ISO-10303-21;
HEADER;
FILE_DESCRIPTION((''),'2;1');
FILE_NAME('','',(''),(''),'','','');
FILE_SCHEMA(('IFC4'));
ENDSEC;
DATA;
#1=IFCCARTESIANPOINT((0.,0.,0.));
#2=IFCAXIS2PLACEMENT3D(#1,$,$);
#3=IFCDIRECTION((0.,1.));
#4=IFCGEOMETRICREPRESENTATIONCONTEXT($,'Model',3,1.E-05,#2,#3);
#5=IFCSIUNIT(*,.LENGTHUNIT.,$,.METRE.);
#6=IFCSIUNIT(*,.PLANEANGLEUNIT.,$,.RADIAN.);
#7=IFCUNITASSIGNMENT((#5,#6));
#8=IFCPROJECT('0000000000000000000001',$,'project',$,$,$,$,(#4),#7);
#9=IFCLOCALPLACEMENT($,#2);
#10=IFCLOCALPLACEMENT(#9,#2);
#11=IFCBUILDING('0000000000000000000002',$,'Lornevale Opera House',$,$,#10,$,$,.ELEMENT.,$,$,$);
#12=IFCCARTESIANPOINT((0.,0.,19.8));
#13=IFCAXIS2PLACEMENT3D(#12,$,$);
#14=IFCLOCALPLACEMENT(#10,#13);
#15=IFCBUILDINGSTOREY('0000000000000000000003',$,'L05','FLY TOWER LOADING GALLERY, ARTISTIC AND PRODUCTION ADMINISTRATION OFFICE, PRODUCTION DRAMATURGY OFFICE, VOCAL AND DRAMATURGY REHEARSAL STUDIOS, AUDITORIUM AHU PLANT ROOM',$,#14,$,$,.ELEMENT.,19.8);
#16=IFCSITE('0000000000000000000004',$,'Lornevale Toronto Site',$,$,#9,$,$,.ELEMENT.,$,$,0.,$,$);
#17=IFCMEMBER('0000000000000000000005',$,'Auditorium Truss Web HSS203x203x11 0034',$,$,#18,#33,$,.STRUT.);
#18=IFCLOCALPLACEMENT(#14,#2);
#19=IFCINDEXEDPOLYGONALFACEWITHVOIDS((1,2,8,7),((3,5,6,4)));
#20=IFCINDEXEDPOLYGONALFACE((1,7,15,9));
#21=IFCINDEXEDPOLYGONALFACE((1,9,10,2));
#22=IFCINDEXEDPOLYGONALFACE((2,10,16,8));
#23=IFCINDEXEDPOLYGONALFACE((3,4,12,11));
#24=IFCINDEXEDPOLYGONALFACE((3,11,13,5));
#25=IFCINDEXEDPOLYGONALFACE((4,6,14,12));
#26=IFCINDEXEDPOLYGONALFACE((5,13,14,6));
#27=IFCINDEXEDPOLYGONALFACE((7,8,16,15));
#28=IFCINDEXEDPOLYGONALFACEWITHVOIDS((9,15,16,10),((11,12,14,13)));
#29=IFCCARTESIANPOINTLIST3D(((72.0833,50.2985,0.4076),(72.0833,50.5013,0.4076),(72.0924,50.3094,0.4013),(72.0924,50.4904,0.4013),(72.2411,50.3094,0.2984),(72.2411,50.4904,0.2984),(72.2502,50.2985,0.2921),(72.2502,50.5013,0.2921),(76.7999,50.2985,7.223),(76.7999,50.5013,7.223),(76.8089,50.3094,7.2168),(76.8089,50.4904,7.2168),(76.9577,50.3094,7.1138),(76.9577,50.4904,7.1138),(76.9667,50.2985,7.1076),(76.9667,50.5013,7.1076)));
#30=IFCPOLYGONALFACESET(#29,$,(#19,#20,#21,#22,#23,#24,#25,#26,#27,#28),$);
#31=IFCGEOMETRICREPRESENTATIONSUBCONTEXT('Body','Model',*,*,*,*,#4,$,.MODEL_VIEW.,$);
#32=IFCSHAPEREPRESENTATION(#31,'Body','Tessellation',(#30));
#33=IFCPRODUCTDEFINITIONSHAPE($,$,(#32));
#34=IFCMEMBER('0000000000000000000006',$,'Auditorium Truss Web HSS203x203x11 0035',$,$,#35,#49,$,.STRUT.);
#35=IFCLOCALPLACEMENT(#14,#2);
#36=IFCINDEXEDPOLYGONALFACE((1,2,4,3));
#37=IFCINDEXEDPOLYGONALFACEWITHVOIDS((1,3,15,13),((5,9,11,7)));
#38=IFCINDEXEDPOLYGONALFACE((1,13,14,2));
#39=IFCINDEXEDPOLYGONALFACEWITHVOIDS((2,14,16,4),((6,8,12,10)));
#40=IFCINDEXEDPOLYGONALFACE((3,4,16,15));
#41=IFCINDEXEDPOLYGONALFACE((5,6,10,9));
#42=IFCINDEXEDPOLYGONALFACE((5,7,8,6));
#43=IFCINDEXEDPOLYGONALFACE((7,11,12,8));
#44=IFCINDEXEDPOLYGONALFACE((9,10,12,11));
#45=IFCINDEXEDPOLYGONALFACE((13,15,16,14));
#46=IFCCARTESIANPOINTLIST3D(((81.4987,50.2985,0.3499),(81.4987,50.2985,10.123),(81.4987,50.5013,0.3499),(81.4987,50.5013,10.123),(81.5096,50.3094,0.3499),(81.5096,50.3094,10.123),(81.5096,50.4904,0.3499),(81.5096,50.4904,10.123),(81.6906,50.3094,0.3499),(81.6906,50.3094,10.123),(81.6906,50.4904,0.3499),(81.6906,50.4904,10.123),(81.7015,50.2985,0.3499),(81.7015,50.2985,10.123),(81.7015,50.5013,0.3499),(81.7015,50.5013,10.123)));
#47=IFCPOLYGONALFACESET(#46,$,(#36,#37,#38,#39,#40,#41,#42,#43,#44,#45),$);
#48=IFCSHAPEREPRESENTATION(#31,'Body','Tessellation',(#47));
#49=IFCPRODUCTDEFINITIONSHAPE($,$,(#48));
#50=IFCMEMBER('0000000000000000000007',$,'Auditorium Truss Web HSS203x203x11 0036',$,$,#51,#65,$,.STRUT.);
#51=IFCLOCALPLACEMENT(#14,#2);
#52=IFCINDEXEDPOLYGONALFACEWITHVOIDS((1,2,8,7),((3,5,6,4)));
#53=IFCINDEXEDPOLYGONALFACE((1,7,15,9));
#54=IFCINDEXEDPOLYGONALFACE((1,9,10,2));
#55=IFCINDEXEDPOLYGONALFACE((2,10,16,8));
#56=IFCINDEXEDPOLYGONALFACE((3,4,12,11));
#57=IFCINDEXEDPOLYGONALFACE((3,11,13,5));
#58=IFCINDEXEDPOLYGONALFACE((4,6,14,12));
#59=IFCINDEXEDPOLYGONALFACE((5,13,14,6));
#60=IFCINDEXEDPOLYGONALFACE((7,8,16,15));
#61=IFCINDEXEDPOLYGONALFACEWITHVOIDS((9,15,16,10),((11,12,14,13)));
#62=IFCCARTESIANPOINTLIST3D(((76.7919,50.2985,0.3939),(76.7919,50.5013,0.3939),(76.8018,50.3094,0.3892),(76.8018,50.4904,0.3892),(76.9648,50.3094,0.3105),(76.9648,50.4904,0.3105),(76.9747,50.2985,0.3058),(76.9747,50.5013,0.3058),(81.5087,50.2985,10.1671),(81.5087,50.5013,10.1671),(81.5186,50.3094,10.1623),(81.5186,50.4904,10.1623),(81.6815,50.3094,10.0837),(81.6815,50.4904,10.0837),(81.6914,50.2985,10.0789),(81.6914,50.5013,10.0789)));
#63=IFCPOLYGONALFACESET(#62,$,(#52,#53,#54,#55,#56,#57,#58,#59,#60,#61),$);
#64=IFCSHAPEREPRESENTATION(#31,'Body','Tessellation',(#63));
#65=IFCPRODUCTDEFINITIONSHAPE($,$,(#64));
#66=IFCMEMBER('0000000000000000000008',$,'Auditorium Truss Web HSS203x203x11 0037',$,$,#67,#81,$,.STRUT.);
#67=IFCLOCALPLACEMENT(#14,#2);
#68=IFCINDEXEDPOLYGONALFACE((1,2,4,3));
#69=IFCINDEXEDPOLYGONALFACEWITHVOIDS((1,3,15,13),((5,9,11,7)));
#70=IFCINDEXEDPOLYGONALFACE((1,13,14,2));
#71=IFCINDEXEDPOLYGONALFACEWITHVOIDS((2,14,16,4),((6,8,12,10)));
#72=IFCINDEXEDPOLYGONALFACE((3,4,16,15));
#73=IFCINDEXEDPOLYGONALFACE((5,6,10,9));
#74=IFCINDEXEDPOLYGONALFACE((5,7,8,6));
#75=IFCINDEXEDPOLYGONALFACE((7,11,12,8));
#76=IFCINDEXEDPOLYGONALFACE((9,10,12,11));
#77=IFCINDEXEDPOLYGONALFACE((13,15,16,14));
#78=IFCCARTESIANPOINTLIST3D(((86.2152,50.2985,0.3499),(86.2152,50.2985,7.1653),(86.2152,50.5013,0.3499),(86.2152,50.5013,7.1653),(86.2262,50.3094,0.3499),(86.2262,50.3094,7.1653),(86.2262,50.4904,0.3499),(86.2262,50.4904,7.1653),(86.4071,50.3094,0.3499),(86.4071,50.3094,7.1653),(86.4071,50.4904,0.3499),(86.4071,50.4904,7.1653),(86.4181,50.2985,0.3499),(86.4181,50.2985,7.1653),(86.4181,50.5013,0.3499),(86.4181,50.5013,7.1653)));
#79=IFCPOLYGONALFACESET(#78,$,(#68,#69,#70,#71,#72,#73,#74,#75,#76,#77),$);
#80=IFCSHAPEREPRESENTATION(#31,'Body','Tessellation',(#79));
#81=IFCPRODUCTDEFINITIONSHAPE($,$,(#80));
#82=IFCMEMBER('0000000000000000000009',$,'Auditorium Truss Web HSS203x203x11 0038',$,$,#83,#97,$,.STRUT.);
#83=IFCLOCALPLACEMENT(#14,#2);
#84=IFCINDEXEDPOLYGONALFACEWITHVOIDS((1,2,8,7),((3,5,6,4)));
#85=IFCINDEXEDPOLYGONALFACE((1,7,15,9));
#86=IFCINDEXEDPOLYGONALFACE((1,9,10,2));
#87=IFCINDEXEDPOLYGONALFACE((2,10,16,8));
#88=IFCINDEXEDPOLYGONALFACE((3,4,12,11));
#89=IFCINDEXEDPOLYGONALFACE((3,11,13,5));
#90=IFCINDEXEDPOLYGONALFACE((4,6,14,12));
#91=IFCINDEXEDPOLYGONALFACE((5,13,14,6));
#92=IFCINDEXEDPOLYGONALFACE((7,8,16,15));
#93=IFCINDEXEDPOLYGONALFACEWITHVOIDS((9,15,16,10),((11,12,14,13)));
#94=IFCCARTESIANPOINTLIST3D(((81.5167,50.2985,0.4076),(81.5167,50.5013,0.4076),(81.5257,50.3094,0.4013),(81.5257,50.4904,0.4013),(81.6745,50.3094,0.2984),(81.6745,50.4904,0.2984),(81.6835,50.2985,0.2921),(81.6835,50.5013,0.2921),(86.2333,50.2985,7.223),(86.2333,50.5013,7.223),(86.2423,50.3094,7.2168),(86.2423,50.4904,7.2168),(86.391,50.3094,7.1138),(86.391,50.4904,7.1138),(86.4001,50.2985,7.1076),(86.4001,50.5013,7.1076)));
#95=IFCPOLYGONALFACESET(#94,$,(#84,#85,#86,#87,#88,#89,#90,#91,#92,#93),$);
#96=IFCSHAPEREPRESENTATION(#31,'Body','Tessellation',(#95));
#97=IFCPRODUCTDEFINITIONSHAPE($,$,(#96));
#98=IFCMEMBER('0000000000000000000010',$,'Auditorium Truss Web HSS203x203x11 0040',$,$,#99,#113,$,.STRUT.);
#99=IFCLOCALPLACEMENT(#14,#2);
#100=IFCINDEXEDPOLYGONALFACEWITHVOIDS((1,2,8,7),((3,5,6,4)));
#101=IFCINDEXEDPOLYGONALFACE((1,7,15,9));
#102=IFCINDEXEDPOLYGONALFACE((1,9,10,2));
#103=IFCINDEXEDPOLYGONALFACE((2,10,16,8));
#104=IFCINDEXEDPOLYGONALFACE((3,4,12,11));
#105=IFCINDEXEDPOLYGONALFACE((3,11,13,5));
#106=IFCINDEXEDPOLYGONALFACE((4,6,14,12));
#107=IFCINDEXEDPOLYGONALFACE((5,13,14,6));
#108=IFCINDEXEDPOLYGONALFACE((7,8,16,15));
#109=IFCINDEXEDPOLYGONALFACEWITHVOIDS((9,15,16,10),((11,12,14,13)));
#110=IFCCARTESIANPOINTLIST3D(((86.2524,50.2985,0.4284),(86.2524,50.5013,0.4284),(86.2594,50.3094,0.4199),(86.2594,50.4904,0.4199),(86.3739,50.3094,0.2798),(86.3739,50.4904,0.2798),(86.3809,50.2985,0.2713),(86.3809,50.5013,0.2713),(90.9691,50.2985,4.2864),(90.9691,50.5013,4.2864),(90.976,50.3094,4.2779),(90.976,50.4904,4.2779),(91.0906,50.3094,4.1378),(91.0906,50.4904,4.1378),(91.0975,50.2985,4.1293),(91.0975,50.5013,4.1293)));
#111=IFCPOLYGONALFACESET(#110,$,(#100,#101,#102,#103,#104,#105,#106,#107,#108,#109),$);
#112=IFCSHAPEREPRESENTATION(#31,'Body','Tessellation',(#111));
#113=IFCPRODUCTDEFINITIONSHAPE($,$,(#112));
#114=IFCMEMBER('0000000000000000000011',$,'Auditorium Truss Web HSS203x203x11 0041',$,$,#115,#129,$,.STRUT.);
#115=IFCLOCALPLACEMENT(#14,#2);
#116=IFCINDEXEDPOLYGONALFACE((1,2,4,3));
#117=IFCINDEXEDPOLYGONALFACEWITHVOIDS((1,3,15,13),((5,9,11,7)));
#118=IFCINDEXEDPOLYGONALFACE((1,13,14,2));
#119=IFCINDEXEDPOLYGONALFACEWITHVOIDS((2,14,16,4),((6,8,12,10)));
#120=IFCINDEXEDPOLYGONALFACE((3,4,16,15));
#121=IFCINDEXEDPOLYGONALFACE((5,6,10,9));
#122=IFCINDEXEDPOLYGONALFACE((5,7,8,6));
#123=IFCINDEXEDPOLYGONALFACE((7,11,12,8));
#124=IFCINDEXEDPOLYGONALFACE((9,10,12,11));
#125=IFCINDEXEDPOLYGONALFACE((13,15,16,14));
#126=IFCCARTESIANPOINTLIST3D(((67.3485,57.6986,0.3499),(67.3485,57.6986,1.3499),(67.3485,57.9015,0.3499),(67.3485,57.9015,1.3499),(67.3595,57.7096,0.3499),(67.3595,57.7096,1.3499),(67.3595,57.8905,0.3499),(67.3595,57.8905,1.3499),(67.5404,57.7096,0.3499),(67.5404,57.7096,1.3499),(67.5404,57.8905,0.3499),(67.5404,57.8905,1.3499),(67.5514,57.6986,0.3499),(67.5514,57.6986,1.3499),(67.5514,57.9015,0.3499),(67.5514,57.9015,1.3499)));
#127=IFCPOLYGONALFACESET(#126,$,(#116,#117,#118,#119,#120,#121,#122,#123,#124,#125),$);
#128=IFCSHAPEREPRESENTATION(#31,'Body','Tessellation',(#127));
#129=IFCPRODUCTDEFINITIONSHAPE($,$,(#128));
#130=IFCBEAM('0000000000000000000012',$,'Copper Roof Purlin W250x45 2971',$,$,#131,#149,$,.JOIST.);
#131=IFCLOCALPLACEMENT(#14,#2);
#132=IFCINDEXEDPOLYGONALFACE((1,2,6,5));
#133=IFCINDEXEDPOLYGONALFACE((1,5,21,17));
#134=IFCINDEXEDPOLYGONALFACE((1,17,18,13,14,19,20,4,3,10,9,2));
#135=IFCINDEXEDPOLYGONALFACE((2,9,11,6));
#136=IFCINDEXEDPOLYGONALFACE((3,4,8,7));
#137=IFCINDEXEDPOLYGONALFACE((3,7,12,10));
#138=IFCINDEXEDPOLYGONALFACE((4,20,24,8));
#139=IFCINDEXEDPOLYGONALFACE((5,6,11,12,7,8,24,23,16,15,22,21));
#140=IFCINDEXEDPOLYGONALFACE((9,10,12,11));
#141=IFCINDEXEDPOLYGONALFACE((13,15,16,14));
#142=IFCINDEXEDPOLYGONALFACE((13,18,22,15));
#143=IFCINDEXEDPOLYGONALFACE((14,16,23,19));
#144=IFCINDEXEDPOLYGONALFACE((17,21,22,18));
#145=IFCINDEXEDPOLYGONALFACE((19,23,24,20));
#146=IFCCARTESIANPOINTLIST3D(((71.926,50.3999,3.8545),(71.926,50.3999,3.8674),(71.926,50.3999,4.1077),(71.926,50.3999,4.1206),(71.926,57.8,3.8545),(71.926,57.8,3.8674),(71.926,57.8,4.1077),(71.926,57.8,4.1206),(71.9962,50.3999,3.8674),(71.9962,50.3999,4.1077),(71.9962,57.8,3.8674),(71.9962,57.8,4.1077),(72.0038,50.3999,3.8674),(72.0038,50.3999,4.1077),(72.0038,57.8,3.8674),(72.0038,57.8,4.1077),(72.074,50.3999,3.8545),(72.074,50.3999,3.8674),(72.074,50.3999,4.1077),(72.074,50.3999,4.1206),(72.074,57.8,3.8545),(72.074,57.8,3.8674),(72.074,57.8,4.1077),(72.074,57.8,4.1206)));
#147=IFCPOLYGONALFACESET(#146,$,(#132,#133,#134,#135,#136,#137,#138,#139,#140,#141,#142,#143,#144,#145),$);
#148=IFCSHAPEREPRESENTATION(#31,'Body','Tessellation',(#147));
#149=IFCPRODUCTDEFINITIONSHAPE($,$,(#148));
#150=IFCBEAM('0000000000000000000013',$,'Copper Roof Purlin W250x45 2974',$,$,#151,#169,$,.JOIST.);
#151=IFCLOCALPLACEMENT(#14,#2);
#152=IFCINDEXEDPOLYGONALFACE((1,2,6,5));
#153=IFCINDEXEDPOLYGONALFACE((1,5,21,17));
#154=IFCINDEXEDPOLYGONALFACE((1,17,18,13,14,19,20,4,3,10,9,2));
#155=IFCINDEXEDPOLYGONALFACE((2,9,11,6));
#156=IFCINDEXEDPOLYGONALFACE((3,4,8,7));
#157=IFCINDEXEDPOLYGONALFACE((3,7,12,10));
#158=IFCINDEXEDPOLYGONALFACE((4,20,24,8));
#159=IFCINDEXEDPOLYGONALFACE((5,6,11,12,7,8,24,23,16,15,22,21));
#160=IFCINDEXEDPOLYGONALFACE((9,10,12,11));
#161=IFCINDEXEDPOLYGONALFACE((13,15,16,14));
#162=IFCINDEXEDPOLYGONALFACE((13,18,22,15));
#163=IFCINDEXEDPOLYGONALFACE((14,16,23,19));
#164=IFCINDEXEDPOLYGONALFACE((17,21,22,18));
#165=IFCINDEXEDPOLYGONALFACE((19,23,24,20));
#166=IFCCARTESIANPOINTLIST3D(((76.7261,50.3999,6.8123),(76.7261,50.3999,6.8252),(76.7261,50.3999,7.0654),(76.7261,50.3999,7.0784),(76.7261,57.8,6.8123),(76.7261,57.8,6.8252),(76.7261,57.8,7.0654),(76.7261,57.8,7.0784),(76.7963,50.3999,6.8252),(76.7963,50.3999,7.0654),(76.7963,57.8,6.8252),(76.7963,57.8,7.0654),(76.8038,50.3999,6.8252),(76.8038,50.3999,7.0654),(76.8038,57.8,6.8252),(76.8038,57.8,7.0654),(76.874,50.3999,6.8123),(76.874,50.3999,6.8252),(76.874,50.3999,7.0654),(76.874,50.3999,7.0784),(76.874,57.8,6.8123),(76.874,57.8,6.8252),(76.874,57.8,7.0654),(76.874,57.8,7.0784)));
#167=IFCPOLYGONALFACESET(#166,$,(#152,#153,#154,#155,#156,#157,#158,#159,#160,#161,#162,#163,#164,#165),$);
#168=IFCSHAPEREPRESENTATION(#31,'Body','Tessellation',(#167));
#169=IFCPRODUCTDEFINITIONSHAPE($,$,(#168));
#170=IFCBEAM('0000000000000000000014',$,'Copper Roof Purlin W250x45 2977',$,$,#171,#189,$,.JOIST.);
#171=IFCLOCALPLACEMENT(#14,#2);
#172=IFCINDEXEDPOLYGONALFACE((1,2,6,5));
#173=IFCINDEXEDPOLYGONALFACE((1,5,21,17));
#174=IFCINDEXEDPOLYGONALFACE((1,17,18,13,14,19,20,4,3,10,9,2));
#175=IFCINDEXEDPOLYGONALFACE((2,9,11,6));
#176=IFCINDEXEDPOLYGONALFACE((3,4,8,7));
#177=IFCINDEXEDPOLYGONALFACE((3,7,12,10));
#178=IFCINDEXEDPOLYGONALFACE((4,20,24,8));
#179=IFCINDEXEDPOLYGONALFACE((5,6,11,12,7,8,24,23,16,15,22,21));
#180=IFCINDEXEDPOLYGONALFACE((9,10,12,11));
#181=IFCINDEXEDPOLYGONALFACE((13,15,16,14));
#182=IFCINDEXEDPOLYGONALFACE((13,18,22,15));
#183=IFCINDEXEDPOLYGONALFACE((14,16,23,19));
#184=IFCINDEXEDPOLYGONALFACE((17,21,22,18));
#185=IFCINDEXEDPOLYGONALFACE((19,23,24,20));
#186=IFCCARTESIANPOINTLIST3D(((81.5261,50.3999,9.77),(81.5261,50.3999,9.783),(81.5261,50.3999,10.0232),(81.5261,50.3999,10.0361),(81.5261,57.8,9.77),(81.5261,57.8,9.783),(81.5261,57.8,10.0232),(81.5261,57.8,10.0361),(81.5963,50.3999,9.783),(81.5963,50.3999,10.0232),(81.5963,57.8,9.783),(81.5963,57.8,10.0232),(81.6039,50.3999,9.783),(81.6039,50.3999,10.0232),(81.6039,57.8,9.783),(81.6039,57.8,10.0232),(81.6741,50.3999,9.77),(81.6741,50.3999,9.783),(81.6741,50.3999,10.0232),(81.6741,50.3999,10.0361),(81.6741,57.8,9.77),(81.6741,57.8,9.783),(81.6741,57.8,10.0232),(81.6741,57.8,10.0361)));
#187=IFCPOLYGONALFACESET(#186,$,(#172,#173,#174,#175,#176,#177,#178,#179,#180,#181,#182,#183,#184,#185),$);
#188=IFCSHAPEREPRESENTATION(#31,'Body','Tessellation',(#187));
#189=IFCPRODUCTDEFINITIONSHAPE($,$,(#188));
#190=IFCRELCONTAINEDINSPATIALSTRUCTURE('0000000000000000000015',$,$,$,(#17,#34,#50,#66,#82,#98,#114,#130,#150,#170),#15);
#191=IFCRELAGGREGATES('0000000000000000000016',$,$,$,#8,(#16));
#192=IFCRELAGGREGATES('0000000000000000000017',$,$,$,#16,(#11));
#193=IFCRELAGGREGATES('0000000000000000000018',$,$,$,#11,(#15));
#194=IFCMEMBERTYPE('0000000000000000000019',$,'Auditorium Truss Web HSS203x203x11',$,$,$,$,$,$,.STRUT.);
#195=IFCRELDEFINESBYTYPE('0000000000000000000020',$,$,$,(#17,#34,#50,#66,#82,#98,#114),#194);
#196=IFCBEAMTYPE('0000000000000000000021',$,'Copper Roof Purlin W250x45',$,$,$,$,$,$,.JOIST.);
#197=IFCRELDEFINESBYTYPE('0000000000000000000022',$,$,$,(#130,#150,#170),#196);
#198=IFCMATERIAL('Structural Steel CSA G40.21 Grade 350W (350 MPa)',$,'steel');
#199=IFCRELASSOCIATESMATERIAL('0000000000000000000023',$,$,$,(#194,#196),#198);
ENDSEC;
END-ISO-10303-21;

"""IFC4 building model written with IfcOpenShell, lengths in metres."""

from ifc_helpers import new_model, si_unit, direction, frame, origin, origin_2d, place, context, subcontext, project, spatial, hollow_rectangle, i_section, extrude, material, material_profile, profile_set, type_object, element, save


model = new_model("IFC4")

# Units and contexts
model_context = context("Model", 3, precision=1e-05, world=origin(), true_north=direction((0.0, 1.0)))
body_context = subcontext(model_context, "Body", "Model", "MODEL_VIEW")
ifc_project = project(units=[si_unit("LENGTHUNIT", "METRE"), si_unit("PLANEANGLEUNIT", "RADIAN")], contexts=[model_context])

# Site, building, storey
site_placement = place(None, origin())
site = spatial("IfcSite", under=ifc_project, at=site_placement, Name="Lornevale Toronto Site", CompositionType="ELEMENT", RefElevation=0.0)
building_placement = place(site_placement, origin())
building = spatial("IfcBuilding", under=site, at=building_placement, Name="Lornevale Opera House", CompositionType="ELEMENT")
storey_placement = place(building_placement, frame((0.0, 0.0, 19.8)))
storey = spatial("IfcBuildingStorey", under=building, at=storey_placement, Name="L05", Description="FLY TOWER LOADING GALLERY, ARTISTIC AND PRODUCTION ADMINISTRATION OFFICE, PRODUCTION DRAMATURGY OFFICE, VOCAL AND DRAMATURGY REHEARSAL STUDIOS, AUDITORIUM AHU PLANT ROOM", CompositionType="ELEMENT", Elevation=19.8)

# Shared definitions
ifc_material_1 = material(Name="Structural Steel CSA G40.21 Grade 350W (350 MPa)", Category="steel")

# Members
ifc_material_profile_1 = material_profile(ifc_material_1, hollow_rectangle(XDim=0.2029, YDim=0.2029, WallThickness=0.011, at=origin_2d()), Name="HSS203x203x11")
ifc_profile_set_1 = profile_set([ifc_material_profile_1], Name="Structural Steel CSA G40.21 Grade 350W (350 MPa)")
member_type_1 = type_object("IfcMemberType", Name="Auditorium Truss Web HSS203x203x11", PredefinedType="STRUT", material=ifc_profile_set_1)
member_1_placement = place(storey_placement, frame((72.1667, 50.3999, 0.3499), z_axis=(0.569061, 0.0, 0.822295), x_axis=(0.0, 1.0, 0.0)))
element("IfcMember", 1, at=member_1_placement, inside=storey, type_object=member_type_1, Name="Auditorium Truss Web HSS203x203x11 0034", PredefinedType="STRUT", context=body_context, shape_type="SweptSolid", body=[
    extrude(hollow_rectangle(XDim=0.2029, YDim=0.2029, WallThickness=0.011, at=origin_2d()), origin(), (0.0, 0.0, 1.0), 8.2883),
])
member_2_placement = place(storey_placement, frame((81.6001, 50.3999, 0.3499), z_axis=(0.0, 0.0, 1.0), x_axis=(1.0, 0.0, 0.0)))
element("IfcMember", 2, at=member_2_placement, inside=storey, type_object=member_type_1, Name="Auditorium Truss Web HSS203x203x11 0035", PredefinedType="STRUT", context=body_context, shape_type="SweptSolid", body=[
    extrude(hollow_rectangle(XDim=0.2029, YDim=0.2029, WallThickness=0.011, at=origin_2d()), origin(), (0.0, 0.0, 1.0), 9.7732),
])
member_3_placement = place(storey_placement, frame((76.8833, 50.3999, 0.3499), z_axis=(0.434652, 0.0, 0.900598), x_axis=(0.0, 1.0, 0.0)))
element("IfcMember", 3, at=member_3_placement, inside=storey, type_object=member_type_1, Name="Auditorium Truss Web HSS203x203x11 0036", PredefinedType="STRUT", context=body_context, shape_type="SweptSolid", body=[
    extrude(hollow_rectangle(XDim=0.2029, YDim=0.2029, WallThickness=0.011, at=origin_2d()), origin(), (0.0, 0.0, 1.0), 10.8518),
])
member_4_placement = place(storey_placement, frame((86.3167, 50.3999, 0.3499), z_axis=(0.0, 0.0, 1.0), x_axis=(1.0, 0.0, 0.0)))
element("IfcMember", 4, at=member_4_placement, inside=storey, type_object=member_type_1, Name="Auditorium Truss Web HSS203x203x11 0037", PredefinedType="STRUT", context=body_context, shape_type="SweptSolid", body=[
    extrude(hollow_rectangle(XDim=0.2029, YDim=0.2029, WallThickness=0.011, at=origin_2d()), origin(), (0.0, 0.0, 1.0), 6.8154),
])
member_5_placement = place(storey_placement, frame((81.6001, 50.3999, 0.3499), z_axis=(0.569061, 0.0, 0.822295), x_axis=(0.0, 1.0, 0.0)))
element("IfcMember", 5, at=member_5_placement, inside=storey, type_object=member_type_1, Name="Auditorium Truss Web HSS203x203x11 0038", PredefinedType="STRUT", context=body_context, shape_type="SweptSolid", body=[
    extrude(hollow_rectangle(XDim=0.2029, YDim=0.2029, WallThickness=0.011, at=origin_2d()), origin(), (0.0, 0.0, 1.0), 8.2883),
])
member_6_placement = place(storey_placement, frame((86.3167, 50.3999, 0.3499), z_axis=(0.774045, 0.0, 0.633131), x_axis=(0.0, 1.0, 0.0)))
element("IfcMember", 6, at=member_6_placement, inside=storey, type_object=member_type_1, Name="Auditorium Truss Web HSS203x203x11 0040", PredefinedType="STRUT", context=body_context, shape_type="SweptSolid", body=[
    extrude(hollow_rectangle(XDim=0.2029, YDim=0.2029, WallThickness=0.011, at=origin_2d()), origin(), (0.0, 0.0, 1.0), 6.0935),
])
member_7_placement = place(storey_placement, frame((67.45, 57.8, 0.3499), z_axis=(0.0, 0.0, 1.0), x_axis=(1.0, 0.0, 0.0)))
element("IfcMember", 7, at=member_7_placement, inside=storey, type_object=member_type_1, Name="Auditorium Truss Web HSS203x203x11 0041", PredefinedType="STRUT", context=body_context, shape_type="SweptSolid", body=[
    extrude(hollow_rectangle(XDim=0.2029, YDim=0.2029, WallThickness=0.011, at=origin_2d()), origin(), (0.0, 0.0, 1.0), 1.0),
])

# Beams
ifc_material_profile_2 = material_profile(ifc_material_1, i_section(OverallWidth=0.1479, OverallDepth=0.2661, WebThickness=0.0076, FlangeThickness=0.0129, at=origin_2d()), Name="W250x45")
ifc_profile_set_2 = profile_set([ifc_material_profile_2], Name="Structural Steel CSA G40.21 Grade 350W (350 MPa)")
beam_type_1 = type_object("IfcBeamType", Name="Copper Roof Purlin W250x45", PredefinedType="JOIST", material=ifc_profile_set_2)
for number, where, z_axis, x_axis, name in (
    (8, (72.0, 50.3999, 3.9875), (0.0, 1.0, 0.0), (-1.0, 0.0, 0.0), "Copper Roof Purlin W250x45 2971"),
    (9, (76.8, 50.3999, 6.9453), (0.0, 1.0, 0.0), (-1.0, 0.0, 0.0), "Copper Roof Purlin W250x45 2974"),
    (10, (81.6001, 50.3999, 9.9031), (0.0, 1.0, 0.0), (-1.0, 0.0, 0.0), "Copper Roof Purlin W250x45 2977"),
):
    element("IfcBeam", number, at=place(storey_placement, frame(where, z_axis=z_axis, x_axis=x_axis)), inside=storey, type_object=beam_type_1, Name=name, PredefinedType="JOIST", context=body_context, shape_type="SweptSolid", body=[
        extrude(i_section(OverallWidth=0.1479, OverallDepth=0.2661, WebThickness=0.0076, FlangeThickness=0.0129, at=origin_2d()), origin(), (0.0, 0.0, 1.0), 7.4001),
    ])

save(model, "model.ifc")
